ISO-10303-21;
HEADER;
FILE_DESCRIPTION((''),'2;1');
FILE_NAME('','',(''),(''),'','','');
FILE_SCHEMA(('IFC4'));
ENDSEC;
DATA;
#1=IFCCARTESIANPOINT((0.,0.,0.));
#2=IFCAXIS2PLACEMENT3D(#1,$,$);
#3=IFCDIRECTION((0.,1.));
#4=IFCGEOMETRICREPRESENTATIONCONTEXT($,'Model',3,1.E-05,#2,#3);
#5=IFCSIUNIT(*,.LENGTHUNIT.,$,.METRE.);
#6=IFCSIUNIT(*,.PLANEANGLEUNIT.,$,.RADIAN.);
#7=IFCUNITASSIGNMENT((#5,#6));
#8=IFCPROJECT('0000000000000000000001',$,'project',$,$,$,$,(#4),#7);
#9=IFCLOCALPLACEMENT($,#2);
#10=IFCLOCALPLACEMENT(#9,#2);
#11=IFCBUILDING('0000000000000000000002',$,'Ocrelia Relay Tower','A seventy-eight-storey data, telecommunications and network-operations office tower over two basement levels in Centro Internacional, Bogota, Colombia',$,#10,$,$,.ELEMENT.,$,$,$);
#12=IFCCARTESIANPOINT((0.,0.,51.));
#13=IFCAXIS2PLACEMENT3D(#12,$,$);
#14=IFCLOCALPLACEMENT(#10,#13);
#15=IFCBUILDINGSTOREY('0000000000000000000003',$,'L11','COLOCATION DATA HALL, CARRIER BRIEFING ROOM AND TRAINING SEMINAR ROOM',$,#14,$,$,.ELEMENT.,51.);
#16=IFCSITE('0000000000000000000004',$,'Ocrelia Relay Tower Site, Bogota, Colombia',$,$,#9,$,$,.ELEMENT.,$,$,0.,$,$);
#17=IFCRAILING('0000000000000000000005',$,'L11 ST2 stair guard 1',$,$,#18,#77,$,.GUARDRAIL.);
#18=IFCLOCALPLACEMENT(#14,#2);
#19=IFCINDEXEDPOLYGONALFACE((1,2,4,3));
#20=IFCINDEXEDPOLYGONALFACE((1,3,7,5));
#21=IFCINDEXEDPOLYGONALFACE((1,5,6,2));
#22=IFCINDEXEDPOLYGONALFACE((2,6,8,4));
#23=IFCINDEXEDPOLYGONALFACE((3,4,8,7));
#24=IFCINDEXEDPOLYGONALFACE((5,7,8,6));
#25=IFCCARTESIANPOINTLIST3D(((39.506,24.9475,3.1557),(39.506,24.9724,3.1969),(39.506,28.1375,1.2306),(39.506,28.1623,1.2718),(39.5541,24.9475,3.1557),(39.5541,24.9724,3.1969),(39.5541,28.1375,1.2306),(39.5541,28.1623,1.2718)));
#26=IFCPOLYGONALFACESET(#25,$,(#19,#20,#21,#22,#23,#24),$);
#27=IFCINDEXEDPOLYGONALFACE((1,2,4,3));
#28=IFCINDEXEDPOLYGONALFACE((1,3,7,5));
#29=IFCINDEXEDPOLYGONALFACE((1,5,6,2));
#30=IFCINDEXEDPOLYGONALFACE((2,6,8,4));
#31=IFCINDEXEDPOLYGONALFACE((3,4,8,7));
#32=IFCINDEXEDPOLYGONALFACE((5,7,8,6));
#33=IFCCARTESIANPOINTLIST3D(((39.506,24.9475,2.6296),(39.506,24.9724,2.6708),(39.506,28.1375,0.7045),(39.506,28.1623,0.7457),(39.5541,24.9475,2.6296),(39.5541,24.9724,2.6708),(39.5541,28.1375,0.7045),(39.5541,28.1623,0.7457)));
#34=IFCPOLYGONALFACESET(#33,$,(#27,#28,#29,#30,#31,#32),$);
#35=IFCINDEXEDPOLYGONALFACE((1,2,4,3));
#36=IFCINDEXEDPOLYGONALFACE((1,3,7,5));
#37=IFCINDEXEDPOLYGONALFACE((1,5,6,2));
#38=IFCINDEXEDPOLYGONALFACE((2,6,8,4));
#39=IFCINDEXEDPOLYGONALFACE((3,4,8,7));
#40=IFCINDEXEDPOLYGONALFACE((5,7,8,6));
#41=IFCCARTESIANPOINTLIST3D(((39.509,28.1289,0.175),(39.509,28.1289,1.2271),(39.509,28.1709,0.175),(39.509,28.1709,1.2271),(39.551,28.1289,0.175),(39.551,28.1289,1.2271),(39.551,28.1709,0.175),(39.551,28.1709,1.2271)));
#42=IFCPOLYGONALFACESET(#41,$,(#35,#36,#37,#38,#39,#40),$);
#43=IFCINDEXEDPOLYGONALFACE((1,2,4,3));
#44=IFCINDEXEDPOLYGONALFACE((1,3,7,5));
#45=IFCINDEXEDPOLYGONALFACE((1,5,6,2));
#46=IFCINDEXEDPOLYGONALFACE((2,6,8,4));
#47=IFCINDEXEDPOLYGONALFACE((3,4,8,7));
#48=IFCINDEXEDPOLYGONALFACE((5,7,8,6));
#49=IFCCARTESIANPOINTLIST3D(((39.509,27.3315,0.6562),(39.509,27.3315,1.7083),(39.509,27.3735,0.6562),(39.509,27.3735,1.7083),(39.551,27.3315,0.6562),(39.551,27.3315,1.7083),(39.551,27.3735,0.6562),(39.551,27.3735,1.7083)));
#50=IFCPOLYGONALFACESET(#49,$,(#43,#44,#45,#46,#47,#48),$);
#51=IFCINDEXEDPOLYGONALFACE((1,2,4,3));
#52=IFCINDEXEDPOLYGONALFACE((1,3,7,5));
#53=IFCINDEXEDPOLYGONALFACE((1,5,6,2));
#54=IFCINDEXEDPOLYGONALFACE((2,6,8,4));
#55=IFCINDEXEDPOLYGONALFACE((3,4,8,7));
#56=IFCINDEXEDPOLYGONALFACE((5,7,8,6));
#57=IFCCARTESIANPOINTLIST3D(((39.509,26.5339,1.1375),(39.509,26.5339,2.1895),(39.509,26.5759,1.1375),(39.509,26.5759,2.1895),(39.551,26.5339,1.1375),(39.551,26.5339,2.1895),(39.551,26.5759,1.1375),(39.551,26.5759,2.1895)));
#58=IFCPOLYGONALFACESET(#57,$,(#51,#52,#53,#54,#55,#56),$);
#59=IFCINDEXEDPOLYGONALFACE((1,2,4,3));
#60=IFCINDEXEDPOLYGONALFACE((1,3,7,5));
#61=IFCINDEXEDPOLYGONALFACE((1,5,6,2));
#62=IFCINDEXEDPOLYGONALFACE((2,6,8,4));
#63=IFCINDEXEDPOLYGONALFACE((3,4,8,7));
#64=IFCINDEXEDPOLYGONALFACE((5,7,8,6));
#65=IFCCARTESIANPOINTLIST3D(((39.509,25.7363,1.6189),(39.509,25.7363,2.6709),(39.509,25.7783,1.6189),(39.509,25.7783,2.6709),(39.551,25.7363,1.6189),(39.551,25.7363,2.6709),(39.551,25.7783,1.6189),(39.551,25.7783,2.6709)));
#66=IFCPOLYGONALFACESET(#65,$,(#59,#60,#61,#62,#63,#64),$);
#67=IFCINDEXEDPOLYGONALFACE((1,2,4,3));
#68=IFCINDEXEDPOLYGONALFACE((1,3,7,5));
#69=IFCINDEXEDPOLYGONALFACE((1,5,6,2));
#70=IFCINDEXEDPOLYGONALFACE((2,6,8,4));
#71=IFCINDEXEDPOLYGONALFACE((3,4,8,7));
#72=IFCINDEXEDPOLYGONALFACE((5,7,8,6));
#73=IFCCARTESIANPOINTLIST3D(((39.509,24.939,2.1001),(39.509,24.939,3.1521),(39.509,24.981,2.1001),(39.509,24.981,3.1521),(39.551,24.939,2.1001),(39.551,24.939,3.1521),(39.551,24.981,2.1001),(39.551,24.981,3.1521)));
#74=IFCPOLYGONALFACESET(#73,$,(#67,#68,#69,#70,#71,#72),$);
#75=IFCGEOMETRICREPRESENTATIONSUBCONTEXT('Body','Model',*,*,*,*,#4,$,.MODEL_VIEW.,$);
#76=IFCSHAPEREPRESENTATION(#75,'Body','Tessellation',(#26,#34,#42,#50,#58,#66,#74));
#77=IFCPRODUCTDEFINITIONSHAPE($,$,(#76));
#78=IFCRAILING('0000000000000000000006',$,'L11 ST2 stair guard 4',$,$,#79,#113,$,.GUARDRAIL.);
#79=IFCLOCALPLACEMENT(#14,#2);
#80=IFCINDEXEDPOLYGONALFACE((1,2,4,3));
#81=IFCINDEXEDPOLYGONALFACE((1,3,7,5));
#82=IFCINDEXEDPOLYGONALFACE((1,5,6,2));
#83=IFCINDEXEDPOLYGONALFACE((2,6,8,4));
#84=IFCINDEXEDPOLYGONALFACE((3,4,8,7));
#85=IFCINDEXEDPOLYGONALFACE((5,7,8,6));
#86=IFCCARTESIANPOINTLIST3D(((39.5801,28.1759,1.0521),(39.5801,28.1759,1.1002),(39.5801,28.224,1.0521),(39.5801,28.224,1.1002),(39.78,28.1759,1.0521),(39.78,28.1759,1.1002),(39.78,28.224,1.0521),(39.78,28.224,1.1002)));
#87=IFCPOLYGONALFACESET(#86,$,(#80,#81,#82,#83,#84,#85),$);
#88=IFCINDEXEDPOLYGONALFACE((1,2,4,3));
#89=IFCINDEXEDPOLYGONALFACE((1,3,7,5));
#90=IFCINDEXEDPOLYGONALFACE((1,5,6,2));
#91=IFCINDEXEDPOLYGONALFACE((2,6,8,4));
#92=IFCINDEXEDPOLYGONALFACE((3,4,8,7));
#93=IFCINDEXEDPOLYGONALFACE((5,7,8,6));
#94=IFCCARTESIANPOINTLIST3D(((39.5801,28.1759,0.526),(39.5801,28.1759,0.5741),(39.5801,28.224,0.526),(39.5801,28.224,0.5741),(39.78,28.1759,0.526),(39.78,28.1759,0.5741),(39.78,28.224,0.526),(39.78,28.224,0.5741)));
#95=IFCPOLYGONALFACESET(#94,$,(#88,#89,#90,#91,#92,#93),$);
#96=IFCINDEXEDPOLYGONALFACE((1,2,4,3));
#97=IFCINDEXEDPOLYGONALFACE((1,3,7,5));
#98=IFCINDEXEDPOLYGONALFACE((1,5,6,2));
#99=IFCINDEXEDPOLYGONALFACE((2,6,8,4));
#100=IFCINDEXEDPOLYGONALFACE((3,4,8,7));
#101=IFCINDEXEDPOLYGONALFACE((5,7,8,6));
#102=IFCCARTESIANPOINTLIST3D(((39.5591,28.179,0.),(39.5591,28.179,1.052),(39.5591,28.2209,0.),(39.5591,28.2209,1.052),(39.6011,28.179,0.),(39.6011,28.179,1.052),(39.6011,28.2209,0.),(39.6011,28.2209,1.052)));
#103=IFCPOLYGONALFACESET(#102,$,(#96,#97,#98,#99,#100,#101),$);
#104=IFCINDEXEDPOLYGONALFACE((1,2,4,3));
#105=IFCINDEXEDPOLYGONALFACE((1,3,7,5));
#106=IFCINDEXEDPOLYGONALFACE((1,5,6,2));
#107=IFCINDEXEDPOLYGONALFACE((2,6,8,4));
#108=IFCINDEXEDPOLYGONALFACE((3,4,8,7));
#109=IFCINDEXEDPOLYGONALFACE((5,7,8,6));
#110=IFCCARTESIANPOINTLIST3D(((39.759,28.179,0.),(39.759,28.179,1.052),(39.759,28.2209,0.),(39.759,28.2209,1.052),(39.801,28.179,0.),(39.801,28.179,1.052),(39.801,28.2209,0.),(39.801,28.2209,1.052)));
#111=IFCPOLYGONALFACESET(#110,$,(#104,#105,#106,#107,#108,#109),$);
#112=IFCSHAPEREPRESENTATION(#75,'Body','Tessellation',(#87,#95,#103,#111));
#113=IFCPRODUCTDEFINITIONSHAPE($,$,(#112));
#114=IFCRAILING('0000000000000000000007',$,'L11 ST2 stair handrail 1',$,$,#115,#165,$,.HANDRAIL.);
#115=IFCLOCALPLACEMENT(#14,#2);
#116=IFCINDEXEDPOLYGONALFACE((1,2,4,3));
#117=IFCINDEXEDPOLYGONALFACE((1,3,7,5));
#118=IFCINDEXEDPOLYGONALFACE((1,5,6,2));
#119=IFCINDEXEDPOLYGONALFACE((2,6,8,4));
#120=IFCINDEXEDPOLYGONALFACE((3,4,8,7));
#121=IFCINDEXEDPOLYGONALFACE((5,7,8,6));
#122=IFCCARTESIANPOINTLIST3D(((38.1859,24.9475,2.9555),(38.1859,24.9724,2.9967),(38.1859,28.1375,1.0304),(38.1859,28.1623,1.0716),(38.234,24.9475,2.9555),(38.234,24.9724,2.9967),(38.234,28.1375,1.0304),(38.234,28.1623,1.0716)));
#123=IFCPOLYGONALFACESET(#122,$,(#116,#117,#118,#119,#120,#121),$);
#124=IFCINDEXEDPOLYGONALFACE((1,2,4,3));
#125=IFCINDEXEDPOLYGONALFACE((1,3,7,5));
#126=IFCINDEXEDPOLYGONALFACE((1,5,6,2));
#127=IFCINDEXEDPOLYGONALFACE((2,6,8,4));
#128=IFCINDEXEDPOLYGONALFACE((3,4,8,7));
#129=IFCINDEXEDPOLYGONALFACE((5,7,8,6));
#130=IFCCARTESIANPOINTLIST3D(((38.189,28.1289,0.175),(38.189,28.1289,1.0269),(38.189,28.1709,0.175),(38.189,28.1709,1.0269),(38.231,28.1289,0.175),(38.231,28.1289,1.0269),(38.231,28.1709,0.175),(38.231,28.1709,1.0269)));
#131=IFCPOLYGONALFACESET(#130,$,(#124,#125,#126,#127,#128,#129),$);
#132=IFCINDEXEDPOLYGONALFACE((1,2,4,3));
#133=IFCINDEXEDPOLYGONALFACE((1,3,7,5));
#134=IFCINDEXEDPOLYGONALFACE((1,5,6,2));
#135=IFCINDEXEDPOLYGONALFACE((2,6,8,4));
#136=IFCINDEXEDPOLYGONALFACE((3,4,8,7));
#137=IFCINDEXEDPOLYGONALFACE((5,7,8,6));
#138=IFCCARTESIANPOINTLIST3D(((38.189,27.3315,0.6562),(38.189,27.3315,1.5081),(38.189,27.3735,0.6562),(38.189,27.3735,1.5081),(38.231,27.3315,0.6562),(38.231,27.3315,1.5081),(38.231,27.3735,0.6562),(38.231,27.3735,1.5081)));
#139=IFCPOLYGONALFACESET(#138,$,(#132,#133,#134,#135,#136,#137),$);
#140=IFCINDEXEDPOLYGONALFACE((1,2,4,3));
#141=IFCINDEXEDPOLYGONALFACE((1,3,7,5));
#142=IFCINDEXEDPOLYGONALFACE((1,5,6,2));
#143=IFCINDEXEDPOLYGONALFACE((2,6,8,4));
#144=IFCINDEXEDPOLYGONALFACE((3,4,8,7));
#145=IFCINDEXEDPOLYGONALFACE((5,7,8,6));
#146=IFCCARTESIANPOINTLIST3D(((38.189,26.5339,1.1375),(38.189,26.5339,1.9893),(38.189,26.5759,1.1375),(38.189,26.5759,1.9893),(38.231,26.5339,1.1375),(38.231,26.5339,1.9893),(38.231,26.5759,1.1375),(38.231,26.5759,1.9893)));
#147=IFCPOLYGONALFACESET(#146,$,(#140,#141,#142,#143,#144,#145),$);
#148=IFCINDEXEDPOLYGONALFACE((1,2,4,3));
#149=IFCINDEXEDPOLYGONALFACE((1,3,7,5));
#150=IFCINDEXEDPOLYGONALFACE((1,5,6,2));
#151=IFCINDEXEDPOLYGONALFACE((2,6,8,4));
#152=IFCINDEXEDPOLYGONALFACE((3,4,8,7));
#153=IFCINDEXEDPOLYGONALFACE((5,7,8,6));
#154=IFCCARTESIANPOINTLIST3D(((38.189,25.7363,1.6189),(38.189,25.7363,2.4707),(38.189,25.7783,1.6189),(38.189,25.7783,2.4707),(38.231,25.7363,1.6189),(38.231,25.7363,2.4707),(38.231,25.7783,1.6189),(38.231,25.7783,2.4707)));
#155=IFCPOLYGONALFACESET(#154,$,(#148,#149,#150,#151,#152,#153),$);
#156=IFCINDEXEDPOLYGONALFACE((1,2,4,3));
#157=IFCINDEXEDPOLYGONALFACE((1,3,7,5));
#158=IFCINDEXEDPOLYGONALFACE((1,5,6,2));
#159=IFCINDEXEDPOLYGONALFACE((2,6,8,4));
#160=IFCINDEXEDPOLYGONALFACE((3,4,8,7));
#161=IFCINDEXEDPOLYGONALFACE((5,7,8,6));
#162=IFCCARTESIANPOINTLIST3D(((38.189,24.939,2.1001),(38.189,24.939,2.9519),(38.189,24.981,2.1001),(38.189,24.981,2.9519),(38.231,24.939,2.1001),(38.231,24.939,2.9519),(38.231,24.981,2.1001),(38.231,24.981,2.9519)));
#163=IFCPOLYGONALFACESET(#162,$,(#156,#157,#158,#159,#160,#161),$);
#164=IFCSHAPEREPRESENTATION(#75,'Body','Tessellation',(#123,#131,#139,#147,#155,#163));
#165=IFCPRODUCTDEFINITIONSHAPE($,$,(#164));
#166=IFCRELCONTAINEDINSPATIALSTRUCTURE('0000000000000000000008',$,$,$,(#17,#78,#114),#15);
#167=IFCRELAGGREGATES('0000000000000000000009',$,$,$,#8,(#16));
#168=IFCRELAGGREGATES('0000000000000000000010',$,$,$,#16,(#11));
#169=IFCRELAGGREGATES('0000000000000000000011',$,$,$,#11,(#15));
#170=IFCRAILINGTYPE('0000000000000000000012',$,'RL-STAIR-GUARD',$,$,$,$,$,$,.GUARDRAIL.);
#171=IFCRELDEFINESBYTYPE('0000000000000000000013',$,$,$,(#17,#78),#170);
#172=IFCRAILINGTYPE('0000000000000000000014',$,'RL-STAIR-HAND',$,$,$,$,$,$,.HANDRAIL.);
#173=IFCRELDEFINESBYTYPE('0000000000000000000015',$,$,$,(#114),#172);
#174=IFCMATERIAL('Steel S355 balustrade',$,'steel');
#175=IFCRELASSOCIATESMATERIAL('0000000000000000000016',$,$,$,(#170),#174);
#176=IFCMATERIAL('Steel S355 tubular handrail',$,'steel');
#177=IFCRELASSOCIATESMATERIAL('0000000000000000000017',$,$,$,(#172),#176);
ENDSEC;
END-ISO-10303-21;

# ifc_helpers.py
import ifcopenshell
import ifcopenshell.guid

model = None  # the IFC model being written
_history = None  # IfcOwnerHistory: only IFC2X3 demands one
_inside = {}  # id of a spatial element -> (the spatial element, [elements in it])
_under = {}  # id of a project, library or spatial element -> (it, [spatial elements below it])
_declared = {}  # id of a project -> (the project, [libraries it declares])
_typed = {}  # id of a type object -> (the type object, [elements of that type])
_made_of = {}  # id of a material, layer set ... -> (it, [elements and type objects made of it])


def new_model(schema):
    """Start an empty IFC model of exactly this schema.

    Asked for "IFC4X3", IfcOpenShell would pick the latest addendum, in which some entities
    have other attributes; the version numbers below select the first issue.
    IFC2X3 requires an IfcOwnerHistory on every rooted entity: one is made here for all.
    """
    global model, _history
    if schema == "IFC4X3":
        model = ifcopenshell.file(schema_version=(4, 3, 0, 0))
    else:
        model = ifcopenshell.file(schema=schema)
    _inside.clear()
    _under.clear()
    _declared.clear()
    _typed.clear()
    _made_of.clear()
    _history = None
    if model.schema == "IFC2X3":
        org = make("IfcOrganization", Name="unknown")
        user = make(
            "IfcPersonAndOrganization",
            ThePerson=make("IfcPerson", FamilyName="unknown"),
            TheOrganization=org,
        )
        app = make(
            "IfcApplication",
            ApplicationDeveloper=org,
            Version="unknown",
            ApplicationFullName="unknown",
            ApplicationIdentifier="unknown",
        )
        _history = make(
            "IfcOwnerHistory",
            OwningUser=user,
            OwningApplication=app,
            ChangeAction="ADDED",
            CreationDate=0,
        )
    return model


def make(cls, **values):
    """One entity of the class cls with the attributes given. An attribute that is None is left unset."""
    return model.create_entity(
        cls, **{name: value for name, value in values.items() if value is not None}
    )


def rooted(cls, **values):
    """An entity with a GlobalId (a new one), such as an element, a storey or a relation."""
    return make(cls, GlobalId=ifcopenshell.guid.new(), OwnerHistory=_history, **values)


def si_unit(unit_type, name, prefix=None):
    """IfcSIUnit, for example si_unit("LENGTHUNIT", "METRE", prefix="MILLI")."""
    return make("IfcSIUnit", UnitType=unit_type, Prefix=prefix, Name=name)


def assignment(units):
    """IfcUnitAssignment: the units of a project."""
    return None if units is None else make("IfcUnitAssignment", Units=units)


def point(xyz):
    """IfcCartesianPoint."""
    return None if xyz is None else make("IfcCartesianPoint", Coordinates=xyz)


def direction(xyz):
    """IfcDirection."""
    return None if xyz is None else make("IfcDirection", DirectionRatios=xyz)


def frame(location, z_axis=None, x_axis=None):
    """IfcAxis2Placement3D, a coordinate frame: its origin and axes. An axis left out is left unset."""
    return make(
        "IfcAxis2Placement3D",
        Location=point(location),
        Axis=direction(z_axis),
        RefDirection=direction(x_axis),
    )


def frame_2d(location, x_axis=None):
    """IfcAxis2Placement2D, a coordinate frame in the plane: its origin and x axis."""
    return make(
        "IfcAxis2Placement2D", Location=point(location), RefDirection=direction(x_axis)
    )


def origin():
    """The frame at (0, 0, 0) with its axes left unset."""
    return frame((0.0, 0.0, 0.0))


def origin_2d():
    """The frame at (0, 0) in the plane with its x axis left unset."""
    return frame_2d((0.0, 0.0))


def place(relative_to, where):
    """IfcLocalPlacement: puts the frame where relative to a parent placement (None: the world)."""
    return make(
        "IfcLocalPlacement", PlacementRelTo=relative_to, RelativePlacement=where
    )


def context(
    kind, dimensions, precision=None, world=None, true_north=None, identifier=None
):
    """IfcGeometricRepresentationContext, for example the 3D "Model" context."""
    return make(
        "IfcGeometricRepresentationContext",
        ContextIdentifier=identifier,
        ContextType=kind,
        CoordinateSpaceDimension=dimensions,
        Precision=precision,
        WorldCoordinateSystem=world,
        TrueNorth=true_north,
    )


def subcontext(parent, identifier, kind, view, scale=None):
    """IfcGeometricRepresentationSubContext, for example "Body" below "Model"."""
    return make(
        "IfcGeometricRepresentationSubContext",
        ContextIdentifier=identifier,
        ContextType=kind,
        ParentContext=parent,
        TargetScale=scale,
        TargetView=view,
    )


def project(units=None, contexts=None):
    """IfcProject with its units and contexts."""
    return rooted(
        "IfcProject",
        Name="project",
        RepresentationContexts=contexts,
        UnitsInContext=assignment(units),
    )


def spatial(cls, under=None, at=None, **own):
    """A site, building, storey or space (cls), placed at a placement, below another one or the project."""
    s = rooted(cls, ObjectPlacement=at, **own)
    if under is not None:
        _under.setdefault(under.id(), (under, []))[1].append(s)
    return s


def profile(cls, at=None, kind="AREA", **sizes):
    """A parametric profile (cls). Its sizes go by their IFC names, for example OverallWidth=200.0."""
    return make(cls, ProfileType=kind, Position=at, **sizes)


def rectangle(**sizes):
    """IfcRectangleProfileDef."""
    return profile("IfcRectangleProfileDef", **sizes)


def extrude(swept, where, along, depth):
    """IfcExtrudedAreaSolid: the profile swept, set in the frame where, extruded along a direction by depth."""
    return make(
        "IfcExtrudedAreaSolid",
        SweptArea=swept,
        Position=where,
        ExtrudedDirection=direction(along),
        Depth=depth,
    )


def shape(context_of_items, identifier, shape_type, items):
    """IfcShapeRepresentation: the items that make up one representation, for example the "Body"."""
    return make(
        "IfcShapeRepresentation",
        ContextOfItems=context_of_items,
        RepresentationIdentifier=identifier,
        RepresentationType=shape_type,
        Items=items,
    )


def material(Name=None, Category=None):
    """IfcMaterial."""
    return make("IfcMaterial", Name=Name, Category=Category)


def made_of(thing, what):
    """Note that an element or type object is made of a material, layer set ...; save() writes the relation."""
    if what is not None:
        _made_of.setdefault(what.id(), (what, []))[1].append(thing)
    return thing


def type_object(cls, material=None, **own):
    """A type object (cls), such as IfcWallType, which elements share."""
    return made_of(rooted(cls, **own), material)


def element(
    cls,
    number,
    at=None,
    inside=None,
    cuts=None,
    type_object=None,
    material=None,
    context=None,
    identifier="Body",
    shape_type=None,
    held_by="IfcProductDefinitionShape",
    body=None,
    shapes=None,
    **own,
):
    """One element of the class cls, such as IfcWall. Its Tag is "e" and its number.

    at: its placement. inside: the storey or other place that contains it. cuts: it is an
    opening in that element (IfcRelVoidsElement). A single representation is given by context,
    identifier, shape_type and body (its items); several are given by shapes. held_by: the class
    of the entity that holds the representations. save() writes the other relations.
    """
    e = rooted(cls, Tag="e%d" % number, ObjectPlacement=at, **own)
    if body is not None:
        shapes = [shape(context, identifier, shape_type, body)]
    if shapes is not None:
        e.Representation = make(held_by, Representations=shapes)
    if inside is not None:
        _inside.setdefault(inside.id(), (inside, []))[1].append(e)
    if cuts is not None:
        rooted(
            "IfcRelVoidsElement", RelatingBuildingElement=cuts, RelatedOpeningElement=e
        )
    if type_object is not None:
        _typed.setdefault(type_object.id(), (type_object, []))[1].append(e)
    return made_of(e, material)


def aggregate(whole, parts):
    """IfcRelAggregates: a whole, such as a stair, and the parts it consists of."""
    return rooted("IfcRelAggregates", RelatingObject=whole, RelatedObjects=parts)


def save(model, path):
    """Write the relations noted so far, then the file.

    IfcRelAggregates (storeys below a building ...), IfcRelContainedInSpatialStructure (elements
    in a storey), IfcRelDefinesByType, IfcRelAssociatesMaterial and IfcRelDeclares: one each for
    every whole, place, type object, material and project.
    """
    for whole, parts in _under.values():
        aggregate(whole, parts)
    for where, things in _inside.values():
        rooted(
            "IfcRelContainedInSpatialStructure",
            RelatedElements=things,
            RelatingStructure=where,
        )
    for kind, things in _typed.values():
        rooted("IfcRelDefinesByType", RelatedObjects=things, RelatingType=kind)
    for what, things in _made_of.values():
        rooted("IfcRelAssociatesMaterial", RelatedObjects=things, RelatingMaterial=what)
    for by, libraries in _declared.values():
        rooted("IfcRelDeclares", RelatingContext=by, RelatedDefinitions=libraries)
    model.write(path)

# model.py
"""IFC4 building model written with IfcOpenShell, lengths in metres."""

from ifc_helpers import new_model, si_unit, direction, frame, origin, origin_2d, place, context, subcontext, project, spatial, rectangle, extrude, material, type_object, element, save


model = new_model("IFC4")

# Units and contexts
model_context = context("Model", 3, precision=1e-05, world=origin(), true_north=direction((0.0, 1.0)))
body_context = subcontext(model_context, "Body", "Model", "MODEL_VIEW")
ifc_project = project(units=[si_unit("LENGTHUNIT", "METRE"), si_unit("PLANEANGLEUNIT", "RADIAN")], contexts=[model_context])

# Site, building, storey
site_placement = place(None, origin())
site = spatial("IfcSite", under=ifc_project, at=site_placement, Name="Ocrelia Relay Tower Site, Bogota, Colombia", CompositionType="ELEMENT", RefElevation=0.0)
building_placement = place(site_placement, origin())
building = spatial("IfcBuilding", under=site, at=building_placement, Name="Ocrelia Relay Tower", Description="A seventy-eight-storey data, telecommunications and network-operations office tower over two basement levels in Centro Internacional, Bogota, Colombia", CompositionType="ELEMENT")
storey_placement = place(building_placement, frame((0.0, 0.0, 51.0)))
storey = spatial("IfcBuildingStorey", under=building, at=storey_placement, Name="L11", Description="COLOCATION DATA HALL, CARRIER BRIEFING ROOM AND TRAINING SEMINAR ROOM", CompositionType="ELEMENT", Elevation=51.0)

# Railings
ifc_material_1 = material(Name="Steel S355 balustrade", Category="steel")
railing_type_1 = type_object("IfcRailingType", Name="RL-STAIR-GUARD", PredefinedType="GUARDRAIL", material=ifc_material_1)
railing_1_placement = place(storey_placement, frame((39.53, 28.1499, 0.175)))
element("IfcRailing", 1, at=railing_1_placement, inside=storey, type_object=railing_type_1, Name="L11 ST2 stair guard 1", PredefinedType="GUARDRAIL", context=body_context, shape_type="SweptSolid", body=[
    extrude(rectangle(XDim=0.0481, YDim=0.0481, at=origin_2d()), frame((0.0, 0.0, 1.0762), z_axis=(0.0, -0.856178, 0.516682), x_axis=(1.0, 0.0, 0.0)), (0.0, 0.0, 1.0), 3.7258),
    extrude(rectangle(XDim=0.0481, YDim=0.0481, at=origin_2d()), frame((0.0, 0.0, 0.55), z_axis=(0.0, -0.856178, 0.516682), x_axis=(1.0, 0.0, 0.0)), (0.0, 0.0, 1.0), 3.7258),
    extrude(rectangle(XDim=0.042, YDim=0.042, at=origin_2d()), origin(), (0.0, 0.0, 1.0), 1.052),
    extrude(rectangle(XDim=0.042, YDim=0.042, at=origin_2d()), frame((0.0, -0.7974, 0.4812)), (0.0, 0.0, 1.0), 1.052),
    extrude(rectangle(XDim=0.042, YDim=0.042, at=origin_2d()), frame((0.0, -1.595, 0.9624)), (0.0, 0.0, 1.0), 1.052),
    extrude(rectangle(XDim=0.042, YDim=0.042, at=origin_2d()), frame((0.0, -2.3926, 1.4438)), (0.0, 0.0, 1.0), 1.052),
    extrude(rectangle(XDim=0.042, YDim=0.042, at=origin_2d()), frame((0.0, -3.1899, 1.925)), (0.0, 0.0, 1.0), 1.052),
])
railing_2_placement = place(storey_placement, frame((39.5801, 28.2, 0.0)))
element("IfcRailing", 2, at=railing_2_placement, inside=storey, type_object=railing_type_1, Name="L11 ST2 stair guard 4", PredefinedType="GUARDRAIL", context=body_context, shape_type="SweptSolid", body=[
    extrude(rectangle(XDim=0.0481, YDim=0.0481, at=origin_2d()), frame((0.0, 0.0, 1.0762), z_axis=(1.0, 0.0, 0.0), x_axis=(0.0, 1.0, 0.0)), (0.0, 0.0, 1.0), 0.2),
    extrude(rectangle(XDim=0.0481, YDim=0.0481, at=origin_2d()), frame((0.0, 0.0, 0.55), z_axis=(1.0, 0.0, 0.0), x_axis=(0.0, 1.0, 0.0)), (0.0, 0.0, 1.0), 0.2),
    extrude(rectangle(XDim=0.042, YDim=0.042, at=origin_2d()), origin(), (0.0, 0.0, 1.0), 1.052),
    extrude(rectangle(XDim=0.042, YDim=0.042, at=origin_2d()), frame((0.2, 0.0, 0.0)), (0.0, 0.0, 1.0), 1.052),
])
ifc_material_2 = material(Name="Steel S355 tubular handrail", Category="steel")
railing_type_2 = type_object("IfcRailingType", Name="RL-STAIR-HAND", PredefinedType="HANDRAIL", material=ifc_material_2)
railing_3_placement = place(storey_placement, frame((38.21, 28.1499, 0.175)))
element("IfcRailing", 3, at=railing_3_placement, inside=storey, type_object=railing_type_2, Name="L11 ST2 stair handrail 1", PredefinedType="HANDRAIL", context=body_context, shape_type="SweptSolid", body=[
    extrude(rectangle(XDim=0.0481, YDim=0.0481, at=origin_2d()), frame((0.0, 0.0, 0.876), z_axis=(0.0, -0.856178, 0.516682), x_axis=(1.0, 0.0, 0.0)), (0.0, 0.0, 1.0), 3.7258),
    extrude(rectangle(XDim=0.042, YDim=0.042, at=origin_2d()), origin(), (0.0, 0.0, 1.0), 0.8518),
    extrude(rectangle(XDim=0.042, YDim=0.042, at=origin_2d()), frame((0.0, -0.7974, 0.4812)), (0.0, 0.0, 1.0), 0.8518),
    extrude(rectangle(XDim=0.042, YDim=0.042, at=origin_2d()), frame((0.0, -1.595, 0.9624)), (0.0, 0.0, 1.0), 0.8518),
    extrude(rectangle(XDim=0.042, YDim=0.042, at=origin_2d()), frame((0.0, -2.3926, 1.4438)), (0.0, 0.0, 1.0), 0.8518),
    extrude(rectangle(XDim=0.042, YDim=0.042, at=origin_2d()), frame((0.0, -3.1899, 1.925)), (0.0, 0.0, 1.0), 0.8518),
])

save(model, "model.ifc")
